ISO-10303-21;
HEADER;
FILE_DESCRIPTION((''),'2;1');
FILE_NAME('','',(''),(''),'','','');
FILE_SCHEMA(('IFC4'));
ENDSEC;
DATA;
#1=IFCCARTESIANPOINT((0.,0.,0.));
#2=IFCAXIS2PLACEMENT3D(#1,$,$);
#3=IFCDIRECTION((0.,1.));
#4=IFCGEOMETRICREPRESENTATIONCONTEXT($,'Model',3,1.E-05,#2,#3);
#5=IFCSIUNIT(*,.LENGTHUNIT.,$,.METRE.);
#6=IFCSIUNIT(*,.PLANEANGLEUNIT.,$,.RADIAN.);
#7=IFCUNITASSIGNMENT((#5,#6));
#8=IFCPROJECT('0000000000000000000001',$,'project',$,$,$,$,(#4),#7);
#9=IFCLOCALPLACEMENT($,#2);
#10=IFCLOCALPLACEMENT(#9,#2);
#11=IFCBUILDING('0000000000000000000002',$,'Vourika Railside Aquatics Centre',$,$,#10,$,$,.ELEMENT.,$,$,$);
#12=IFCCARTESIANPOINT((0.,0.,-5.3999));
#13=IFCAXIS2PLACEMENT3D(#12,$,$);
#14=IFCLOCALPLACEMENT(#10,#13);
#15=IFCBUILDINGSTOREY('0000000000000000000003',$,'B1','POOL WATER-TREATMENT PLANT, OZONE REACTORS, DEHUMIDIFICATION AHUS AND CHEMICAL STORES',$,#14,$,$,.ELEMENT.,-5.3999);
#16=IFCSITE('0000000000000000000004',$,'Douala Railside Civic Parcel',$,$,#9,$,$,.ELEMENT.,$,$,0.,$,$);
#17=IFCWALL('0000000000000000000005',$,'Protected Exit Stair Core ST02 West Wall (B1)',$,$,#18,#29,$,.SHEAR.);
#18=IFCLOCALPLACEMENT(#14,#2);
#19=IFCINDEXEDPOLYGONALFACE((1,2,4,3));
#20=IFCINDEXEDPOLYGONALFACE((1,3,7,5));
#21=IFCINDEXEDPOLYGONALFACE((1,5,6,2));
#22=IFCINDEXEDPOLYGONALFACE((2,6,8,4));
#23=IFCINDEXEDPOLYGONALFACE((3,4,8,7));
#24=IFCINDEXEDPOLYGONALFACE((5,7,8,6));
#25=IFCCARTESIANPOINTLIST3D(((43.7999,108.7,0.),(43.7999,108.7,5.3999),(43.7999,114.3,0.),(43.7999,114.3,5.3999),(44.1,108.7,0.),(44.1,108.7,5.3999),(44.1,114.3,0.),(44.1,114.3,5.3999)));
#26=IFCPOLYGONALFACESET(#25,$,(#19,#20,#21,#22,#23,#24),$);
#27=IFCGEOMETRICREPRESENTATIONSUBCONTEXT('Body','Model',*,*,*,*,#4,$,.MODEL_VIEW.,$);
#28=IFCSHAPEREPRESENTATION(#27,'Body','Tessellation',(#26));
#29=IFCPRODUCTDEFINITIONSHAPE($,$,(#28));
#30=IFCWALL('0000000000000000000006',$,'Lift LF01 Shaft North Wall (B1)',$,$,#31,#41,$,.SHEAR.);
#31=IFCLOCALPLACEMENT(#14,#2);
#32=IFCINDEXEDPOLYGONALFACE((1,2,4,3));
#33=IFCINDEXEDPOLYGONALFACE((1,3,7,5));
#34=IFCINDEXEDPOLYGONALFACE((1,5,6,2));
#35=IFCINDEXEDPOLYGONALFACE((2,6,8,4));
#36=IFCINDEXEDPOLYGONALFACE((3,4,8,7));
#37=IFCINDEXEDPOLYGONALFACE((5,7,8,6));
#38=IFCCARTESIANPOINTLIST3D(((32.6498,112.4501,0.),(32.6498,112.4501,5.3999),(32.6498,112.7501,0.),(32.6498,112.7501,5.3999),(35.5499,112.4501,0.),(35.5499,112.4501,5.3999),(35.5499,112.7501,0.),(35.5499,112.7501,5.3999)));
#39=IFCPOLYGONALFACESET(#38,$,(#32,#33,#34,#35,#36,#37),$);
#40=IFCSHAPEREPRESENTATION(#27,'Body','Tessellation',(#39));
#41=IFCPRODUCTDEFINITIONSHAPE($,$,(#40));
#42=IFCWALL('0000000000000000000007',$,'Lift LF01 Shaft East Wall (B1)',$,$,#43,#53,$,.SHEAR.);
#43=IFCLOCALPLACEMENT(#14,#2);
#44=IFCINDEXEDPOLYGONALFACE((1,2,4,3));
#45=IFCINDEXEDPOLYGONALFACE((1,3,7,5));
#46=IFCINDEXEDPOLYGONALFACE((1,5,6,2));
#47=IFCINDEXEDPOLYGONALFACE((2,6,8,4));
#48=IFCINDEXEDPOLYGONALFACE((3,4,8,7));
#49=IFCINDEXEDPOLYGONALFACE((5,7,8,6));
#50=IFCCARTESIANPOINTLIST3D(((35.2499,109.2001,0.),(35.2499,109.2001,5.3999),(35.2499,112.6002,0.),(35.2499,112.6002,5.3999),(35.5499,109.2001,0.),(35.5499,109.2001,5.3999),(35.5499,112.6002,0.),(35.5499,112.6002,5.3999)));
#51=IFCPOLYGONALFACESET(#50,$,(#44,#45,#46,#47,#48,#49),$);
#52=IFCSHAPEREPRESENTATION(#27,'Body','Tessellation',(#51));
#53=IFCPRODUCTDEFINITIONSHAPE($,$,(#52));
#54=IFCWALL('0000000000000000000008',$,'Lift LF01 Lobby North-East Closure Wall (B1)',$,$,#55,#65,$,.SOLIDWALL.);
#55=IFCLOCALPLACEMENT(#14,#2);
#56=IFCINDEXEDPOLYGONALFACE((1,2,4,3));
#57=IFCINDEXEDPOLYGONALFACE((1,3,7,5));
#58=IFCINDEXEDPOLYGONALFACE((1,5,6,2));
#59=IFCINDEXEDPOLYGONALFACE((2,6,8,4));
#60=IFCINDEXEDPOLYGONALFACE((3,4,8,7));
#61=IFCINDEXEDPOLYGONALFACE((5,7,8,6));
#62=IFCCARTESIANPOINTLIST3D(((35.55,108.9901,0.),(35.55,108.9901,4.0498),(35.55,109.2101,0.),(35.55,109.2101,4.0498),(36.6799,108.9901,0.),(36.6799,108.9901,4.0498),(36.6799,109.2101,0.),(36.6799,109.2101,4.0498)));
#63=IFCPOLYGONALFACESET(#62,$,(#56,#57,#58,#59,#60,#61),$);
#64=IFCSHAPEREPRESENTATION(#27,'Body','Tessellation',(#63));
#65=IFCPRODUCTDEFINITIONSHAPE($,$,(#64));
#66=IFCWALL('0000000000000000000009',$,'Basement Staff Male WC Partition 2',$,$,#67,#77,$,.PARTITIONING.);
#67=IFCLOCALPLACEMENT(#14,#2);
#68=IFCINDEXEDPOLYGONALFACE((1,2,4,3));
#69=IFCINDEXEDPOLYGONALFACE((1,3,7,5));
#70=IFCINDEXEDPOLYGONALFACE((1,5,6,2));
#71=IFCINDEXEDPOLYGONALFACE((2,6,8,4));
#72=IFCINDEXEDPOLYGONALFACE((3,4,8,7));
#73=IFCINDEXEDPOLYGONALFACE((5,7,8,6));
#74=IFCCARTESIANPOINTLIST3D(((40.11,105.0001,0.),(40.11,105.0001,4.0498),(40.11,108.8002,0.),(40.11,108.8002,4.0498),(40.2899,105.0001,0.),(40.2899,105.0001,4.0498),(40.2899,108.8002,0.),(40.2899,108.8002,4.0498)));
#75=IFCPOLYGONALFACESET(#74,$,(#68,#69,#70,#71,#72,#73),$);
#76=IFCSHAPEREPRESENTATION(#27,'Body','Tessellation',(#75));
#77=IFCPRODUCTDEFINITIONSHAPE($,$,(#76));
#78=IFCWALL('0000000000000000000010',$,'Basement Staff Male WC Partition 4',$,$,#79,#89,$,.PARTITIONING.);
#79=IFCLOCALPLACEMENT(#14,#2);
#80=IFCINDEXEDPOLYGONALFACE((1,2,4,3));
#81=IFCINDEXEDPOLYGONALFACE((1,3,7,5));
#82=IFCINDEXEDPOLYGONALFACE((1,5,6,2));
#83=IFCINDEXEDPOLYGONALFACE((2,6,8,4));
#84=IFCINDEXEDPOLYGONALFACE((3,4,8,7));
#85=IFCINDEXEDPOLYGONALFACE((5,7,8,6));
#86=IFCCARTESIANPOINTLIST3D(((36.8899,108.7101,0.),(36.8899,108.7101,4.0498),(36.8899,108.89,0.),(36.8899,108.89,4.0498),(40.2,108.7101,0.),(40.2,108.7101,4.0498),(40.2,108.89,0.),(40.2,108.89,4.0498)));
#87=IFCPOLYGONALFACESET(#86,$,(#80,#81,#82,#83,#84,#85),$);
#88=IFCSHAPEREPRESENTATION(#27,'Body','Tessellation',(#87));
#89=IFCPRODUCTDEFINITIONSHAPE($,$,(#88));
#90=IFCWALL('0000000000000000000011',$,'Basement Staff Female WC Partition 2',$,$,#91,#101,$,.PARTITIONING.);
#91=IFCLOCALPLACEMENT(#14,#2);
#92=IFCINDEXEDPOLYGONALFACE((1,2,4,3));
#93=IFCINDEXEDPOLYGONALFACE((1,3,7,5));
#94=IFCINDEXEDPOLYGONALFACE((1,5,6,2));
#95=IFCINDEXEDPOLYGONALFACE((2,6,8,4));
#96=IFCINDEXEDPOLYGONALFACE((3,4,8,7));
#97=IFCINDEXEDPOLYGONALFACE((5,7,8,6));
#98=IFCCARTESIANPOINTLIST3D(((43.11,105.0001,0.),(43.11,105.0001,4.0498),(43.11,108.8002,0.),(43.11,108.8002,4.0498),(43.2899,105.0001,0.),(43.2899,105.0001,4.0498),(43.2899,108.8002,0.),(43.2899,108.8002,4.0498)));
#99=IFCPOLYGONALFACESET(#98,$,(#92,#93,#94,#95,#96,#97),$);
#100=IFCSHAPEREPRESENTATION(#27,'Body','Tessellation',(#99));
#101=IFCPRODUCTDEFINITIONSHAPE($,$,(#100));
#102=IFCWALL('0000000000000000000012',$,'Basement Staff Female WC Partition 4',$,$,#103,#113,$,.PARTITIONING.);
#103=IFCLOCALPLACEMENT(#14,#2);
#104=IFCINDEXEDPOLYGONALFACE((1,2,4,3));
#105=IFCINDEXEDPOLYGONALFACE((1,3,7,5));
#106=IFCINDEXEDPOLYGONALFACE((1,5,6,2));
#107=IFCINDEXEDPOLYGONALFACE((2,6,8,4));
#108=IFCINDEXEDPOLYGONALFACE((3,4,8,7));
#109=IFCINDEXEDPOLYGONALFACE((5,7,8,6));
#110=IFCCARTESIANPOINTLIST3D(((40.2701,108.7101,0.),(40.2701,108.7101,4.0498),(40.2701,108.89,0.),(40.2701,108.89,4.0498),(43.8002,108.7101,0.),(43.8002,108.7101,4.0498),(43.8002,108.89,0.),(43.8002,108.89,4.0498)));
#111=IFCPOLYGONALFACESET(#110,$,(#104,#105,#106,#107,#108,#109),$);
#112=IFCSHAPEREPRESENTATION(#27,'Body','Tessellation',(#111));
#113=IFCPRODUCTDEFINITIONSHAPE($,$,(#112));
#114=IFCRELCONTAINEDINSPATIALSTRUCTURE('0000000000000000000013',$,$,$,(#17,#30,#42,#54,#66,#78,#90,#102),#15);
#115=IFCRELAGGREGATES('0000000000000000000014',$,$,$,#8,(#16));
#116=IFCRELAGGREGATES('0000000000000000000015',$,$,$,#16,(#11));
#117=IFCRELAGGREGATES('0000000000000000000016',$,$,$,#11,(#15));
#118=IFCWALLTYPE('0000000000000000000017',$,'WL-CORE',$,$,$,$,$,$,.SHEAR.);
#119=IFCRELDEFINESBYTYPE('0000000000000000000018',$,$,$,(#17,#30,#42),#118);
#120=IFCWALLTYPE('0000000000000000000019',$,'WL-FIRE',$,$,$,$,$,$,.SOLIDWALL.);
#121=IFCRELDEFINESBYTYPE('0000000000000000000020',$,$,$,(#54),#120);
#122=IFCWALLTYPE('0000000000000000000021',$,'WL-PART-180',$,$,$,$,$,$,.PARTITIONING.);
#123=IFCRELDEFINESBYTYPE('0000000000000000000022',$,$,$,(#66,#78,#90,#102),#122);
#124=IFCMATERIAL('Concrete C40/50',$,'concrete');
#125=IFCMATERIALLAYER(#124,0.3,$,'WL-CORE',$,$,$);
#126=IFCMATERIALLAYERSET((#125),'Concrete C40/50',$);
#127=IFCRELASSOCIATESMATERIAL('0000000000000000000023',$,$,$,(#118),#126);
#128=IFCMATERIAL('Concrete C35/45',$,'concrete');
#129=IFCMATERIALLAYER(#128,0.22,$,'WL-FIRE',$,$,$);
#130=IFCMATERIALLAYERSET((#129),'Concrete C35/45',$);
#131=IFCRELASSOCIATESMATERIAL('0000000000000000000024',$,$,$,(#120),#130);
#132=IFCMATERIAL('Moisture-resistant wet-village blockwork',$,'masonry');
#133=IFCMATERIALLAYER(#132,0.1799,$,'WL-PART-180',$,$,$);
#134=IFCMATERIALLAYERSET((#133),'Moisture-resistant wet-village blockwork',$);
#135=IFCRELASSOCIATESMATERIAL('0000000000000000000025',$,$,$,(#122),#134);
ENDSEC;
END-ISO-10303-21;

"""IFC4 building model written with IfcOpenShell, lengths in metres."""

from ifc_helpers import new_model, si_unit, direction, frame, frame_2d, origin, place, context, subcontext, project, spatial, rectangle, extrude, material, layer, layer_set, type_object, element, save


model = new_model("IFC4")

# Units and contexts
model_context = context("Model", 3, precision=1e-05, world=origin(), true_north=direction((0.0, 1.0)))
body_context = subcontext(model_context, "Body", "Model", "MODEL_VIEW")
ifc_project = project(units=[si_unit("LENGTHUNIT", "METRE"), si_unit("PLANEANGLEUNIT", "RADIAN")], contexts=[model_context])

# Site, building, storey
site_placement = place(None, origin())
site = spatial("IfcSite", under=ifc_project, at=site_placement, Name="Douala Railside Civic Parcel", CompositionType="ELEMENT", RefElevation=0.0)
building_placement = place(site_placement, origin())
building = spatial("IfcBuilding", under=site, at=building_placement, Name="Vourika Railside Aquatics Centre", CompositionType="ELEMENT")
storey_placement = place(building_placement, frame((0.0, 0.0, -5.3999)))
storey = spatial("IfcBuildingStorey", under=building, at=storey_placement, Name="B1", Description="POOL WATER-TREATMENT PLANT, OZONE REACTORS, DEHUMIDIFICATION AHUS AND CHEMICAL STORES", CompositionType="ELEMENT", Elevation=-5.3999)

# Shared definitions
ifc_material_1 = material(Name="Concrete C40/50", Category="concrete")

# Shared definitions
ifc_material_2 = material(Name="Concrete C35/45", Category="concrete")

# Shared definitions
ifc_layer_1 = layer(ifc_material_1, 0.3, Name="WL-CORE")
ifc_layer_set_1 = layer_set([ifc_layer_1], Name="Concrete C40/50")
wall_type_1 = type_object("IfcWallType", Name="WL-CORE", PredefinedType="SHEAR", material=ifc_layer_set_1)

# Walls
wall_1_placement = place(storey_placement, frame((43.95, 114.3, 0.0), z_axis=(0.0, 0.0, 1.0), x_axis=(0.0, -1.0, 0.0)))
element("IfcWall", 1, at=wall_1_placement, inside=storey, type_object=wall_type_1, Name="Protected Exit Stair Core ST02 West Wall (B1)", PredefinedType="SHEAR", context=body_context, shape_type="SweptSolid", body=[
    extrude(rectangle(XDim=5.6001, YDim=0.3, at=frame_2d((2.8, 0.0))), origin(), (0.0, 0.0, 1.0), 5.3999),
])
wall_2_placement = place(storey_placement, frame((35.55, 112.6001, 0.0), z_axis=(0.0, 0.0, 1.0), x_axis=(-1.0, 0.0, 0.0)))
element("IfcWall", 2, at=wall_2_placement, inside=storey, type_object=wall_type_1, Name="Lift LF01 Shaft North Wall (B1)", PredefinedType="SHEAR", context=body_context, shape_type="SweptSolid", body=[
    extrude(rectangle(XDim=2.9001, YDim=0.3, at=frame_2d((1.4502, 0.0))), origin(), (0.0, 0.0, 1.0), 5.3999),
])
wall_3_placement = place(storey_placement, frame((35.3999, 109.2, 0.0), z_axis=(0.0, 0.0, 1.0), x_axis=(0.0, 1.0, 0.0)))
element("IfcWall", 3, at=wall_3_placement, inside=storey, type_object=wall_type_1, Name="Lift LF01 Shaft East Wall (B1)", PredefinedType="SHEAR", context=body_context, shape_type="SweptSolid", body=[
    extrude(rectangle(XDim=3.4001, YDim=0.3, at=frame_2d((1.7002, 0.0))), origin(), (0.0, 0.0, 1.0), 5.3999),
])
ifc_layer_2 = layer(ifc_material_2, 0.22, Name="WL-FIRE")
ifc_layer_set_2 = layer_set([ifc_layer_2], Name="Concrete C35/45")
wall_type_2 = type_object("IfcWallType", Name="WL-FIRE", PredefinedType="SOLIDWALL", material=ifc_layer_set_2)
wall_4_placement = place(storey_placement, frame((35.55, 109.1001, 0.0), z_axis=(0.0, 0.0, 1.0), x_axis=(1.0, 0.0, 0.0)))
element("IfcWall", 4, at=wall_4_placement, inside=storey, type_object=wall_type_2, Name="Lift LF01 Lobby North-East Closure Wall (B1)", PredefinedType="SOLIDWALL", context=body_context, shape_type="SweptSolid", body=[
    extrude(rectangle(XDim=1.1299, YDim=0.22, at=frame_2d((0.5649, 0.0))), origin(), (0.0, 0.0, 1.0), 4.0498),
])
ifc_material_3 = material(Name="Moisture-resistant wet-village blockwork", Category="masonry")
ifc_layer_3 = layer(ifc_material_3, 0.1799, Name="WL-PART-180")
ifc_layer_set_3 = layer_set([ifc_layer_3], Name="Moisture-resistant wet-village blockwork")
wall_type_3 = type_object("IfcWallType", Name="WL-PART-180", PredefinedType="PARTITIONING", material=ifc_layer_set_3)
wall_5_placement = place(storey_placement, frame((40.2, 108.8, 0.0), z_axis=(0.0, 0.0, 1.0), x_axis=(0.0, -1.0, 0.0)))
element("IfcWall", 5, at=wall_5_placement, inside=storey, type_object=wall_type_3, Name="Basement Staff Male WC Partition 2", PredefinedType="PARTITIONING", context=body_context, shape_type="SweptSolid", body=[
    extrude(rectangle(XDim=3.8, YDim=0.1799, at=frame_2d((1.8999, 0.0))), origin(), (0.0, 0.0, 1.0), 4.0498),
])
wall_6_placement = place(storey_placement, frame((36.8899, 108.8, 0.0), z_axis=(0.0, 0.0, 1.0), x_axis=(1.0, 0.0, 0.0)))
element("IfcWall", 6, at=wall_6_placement, inside=storey, type_object=wall_type_3, Name="Basement Staff Male WC Partition 4", PredefinedType="PARTITIONING", context=body_context, shape_type="SweptSolid", body=[
    extrude(rectangle(XDim=3.3101, YDim=0.1799, at=frame_2d((1.655, 0.0))), origin(), (0.0, 0.0, 1.0), 4.0498),
])
wall_7_placement = place(storey_placement, frame((43.2, 108.8, 0.0), z_axis=(0.0, 0.0, 1.0), x_axis=(0.0, -1.0, 0.0)))
element("IfcWall", 7, at=wall_7_placement, inside=storey, type_object=wall_type_3, Name="Basement Staff Female WC Partition 2", PredefinedType="PARTITIONING", context=body_context, shape_type="SweptSolid", body=[
    extrude(rectangle(XDim=3.8, YDim=0.1799, at=frame_2d((1.8999, 0.0))), origin(), (0.0, 0.0, 1.0), 4.0498),
])
wall_8_placement = place(storey_placement, frame((40.27, 108.8, 0.0), z_axis=(0.0, 0.0, 1.0), x_axis=(1.0, 0.0, 0.0)))
element("IfcWall", 8, at=wall_8_placement, inside=storey, type_object=wall_type_3, Name="Basement Staff Female WC Partition 4", PredefinedType="PARTITIONING", context=body_context, shape_type="SweptSolid", body=[
    extrude(rectangle(XDim=3.53, YDim=0.1799, at=frame_2d((1.7651, 0.0))), origin(), (0.0, 0.0, 1.0), 4.0498),
])

save(model, "model.ifc")
